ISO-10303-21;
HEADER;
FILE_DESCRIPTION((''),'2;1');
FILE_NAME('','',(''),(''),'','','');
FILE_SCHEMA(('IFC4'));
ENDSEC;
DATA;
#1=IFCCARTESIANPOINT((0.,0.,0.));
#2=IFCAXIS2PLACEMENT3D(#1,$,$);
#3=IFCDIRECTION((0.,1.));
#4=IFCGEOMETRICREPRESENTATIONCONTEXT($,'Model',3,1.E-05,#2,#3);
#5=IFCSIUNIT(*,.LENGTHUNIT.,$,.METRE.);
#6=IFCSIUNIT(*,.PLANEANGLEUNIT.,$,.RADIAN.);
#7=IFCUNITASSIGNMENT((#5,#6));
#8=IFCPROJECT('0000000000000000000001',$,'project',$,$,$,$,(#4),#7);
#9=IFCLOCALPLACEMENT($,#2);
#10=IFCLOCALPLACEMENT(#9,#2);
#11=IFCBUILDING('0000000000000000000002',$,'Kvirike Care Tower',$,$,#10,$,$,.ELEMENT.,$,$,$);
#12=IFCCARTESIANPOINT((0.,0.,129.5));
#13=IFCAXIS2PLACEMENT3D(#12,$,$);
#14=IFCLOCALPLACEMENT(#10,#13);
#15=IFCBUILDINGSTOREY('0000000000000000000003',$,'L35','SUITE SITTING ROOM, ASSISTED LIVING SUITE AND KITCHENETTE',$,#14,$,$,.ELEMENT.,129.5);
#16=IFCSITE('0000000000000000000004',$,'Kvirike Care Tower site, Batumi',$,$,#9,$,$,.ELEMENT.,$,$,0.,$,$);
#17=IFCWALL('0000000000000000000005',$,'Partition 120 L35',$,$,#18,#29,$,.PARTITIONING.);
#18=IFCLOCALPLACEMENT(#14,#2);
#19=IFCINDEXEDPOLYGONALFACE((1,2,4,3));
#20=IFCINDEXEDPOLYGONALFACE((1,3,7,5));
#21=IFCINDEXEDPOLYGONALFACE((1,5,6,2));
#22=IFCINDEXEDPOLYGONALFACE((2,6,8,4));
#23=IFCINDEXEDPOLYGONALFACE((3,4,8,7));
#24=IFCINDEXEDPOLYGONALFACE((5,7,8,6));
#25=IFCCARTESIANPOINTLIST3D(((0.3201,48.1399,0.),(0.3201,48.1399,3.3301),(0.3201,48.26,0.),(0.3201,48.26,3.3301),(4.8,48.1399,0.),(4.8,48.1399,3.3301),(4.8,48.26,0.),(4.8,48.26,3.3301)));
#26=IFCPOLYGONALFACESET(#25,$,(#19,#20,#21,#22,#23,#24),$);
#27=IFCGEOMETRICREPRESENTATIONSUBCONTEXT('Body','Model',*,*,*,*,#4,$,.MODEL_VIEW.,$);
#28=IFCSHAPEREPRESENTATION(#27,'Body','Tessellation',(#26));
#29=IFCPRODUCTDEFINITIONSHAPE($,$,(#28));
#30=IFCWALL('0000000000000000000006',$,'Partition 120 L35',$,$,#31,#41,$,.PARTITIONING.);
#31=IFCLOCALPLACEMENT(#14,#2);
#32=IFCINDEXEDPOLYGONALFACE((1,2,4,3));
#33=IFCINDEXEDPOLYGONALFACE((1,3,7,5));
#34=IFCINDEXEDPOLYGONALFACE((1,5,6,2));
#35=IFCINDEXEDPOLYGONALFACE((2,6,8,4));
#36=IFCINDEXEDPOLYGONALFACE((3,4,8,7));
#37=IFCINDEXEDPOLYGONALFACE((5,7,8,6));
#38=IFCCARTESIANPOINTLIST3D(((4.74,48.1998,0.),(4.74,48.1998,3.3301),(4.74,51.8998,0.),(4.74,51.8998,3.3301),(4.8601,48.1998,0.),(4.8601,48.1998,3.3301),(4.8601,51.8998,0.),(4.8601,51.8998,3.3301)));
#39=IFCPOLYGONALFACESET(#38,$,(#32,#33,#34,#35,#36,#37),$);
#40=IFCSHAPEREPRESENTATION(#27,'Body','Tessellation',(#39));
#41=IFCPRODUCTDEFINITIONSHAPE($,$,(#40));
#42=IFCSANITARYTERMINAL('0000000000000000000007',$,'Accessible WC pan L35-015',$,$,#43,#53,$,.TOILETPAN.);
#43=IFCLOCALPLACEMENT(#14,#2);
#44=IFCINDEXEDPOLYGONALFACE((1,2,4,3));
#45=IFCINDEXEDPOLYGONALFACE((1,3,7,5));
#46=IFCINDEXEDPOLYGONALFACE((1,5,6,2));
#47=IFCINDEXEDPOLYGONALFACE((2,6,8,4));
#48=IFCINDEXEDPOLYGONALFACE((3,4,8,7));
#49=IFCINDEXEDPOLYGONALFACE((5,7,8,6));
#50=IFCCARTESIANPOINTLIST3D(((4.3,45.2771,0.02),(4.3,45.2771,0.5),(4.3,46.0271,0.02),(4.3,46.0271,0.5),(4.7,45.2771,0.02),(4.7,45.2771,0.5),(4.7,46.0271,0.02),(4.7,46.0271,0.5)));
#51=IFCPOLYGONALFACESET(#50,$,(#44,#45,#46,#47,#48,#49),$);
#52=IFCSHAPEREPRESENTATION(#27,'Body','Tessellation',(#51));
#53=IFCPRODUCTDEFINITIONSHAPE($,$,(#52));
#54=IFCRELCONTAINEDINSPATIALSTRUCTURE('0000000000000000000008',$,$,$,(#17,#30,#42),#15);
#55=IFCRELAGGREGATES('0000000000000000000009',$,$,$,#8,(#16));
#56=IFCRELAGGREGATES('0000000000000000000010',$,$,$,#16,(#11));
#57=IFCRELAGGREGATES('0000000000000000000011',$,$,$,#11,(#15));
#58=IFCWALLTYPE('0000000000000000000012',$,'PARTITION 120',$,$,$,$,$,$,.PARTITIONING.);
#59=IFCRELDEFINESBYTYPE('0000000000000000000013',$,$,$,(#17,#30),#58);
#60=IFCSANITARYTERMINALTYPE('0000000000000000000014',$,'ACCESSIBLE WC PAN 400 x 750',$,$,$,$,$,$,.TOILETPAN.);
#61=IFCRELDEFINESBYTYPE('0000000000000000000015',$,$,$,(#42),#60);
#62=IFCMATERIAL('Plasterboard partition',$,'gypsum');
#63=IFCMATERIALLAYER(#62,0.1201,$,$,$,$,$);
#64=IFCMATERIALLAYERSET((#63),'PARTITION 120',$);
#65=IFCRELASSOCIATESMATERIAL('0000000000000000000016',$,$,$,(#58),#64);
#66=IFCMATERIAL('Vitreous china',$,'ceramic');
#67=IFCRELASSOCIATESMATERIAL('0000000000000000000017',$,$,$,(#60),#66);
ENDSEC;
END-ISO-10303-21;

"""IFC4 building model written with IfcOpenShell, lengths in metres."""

from ifc_helpers import new_model, si_unit, direction, frame, frame_2d, origin, origin_2d, place, context, subcontext, project, spatial, rectangle, extrude, material, layer, layer_set, type_object, element, save


model = new_model("IFC4")

# Units and contexts
model_context = context("Model", 3, precision=1e-05, world=origin(), true_north=direction((0.0, 1.0)))
body_context = subcontext(model_context, "Body", "Model", "MODEL_VIEW")
ifc_project = project(units=[si_unit("LENGTHUNIT", "METRE"), si_unit("PLANEANGLEUNIT", "RADIAN")], contexts=[model_context])

# Site, building, storey
site_placement = place(None, origin())
site = spatial("IfcSite", under=ifc_project, at=site_placement, Name="Kvirike Care Tower site, Batumi", CompositionType="ELEMENT", RefElevation=0.0)
building_placement = place(site_placement, origin())
building = spatial("IfcBuilding", under=site, at=building_placement, Name="Kvirike Care Tower", CompositionType="ELEMENT")
storey_placement = place(building_placement, frame((0.0, 0.0, 129.5)))
storey = spatial("IfcBuildingStorey", under=building, at=storey_placement, Name="L35", Description="SUITE SITTING ROOM, ASSISTED LIVING SUITE AND KITCHENETTE", CompositionType="ELEMENT", Elevation=129.5)

# Walls
ifc_material_1 = material(Name="Plasterboard partition", Category="gypsum")
ifc_layer_1 = layer(ifc_material_1, 0.1201)
ifc_layer_set_1 = layer_set([ifc_layer_1], Name="PARTITION 120")
wall_type_1 = type_object("IfcWallType", Name="PARTITION 120", PredefinedType="PARTITIONING", material=ifc_layer_set_1)
wall_1_placement = place(storey_placement, frame((4.8, 48.2, 0.0), z_axis=(0.0, 0.0, 1.0), x_axis=(-1.0, 0.0, 0.0)))
element("IfcWall", 1, at=wall_1_placement, inside=storey, type_object=wall_type_1, Name="Partition 120 L35", PredefinedType="PARTITIONING", context=body_context, shape_type="SweptSolid", body=[
    extrude(rectangle(XDim=4.48, YDim=0.1201, at=frame_2d((2.24, 0.0))), origin(), (0.0, 0.0, 1.0), 3.3301),
])
wall_2_placement = place(storey_placement, frame((4.8, 51.8999, 0.0), z_axis=(0.0, 0.0, 1.0), x_axis=(0.0, -1.0, 0.0)))
element("IfcWall", 2, at=wall_2_placement, inside=storey, type_object=wall_type_1, Name="Partition 120 L35", PredefinedType="PARTITIONING", context=body_context, shape_type="SweptSolid", body=[
    extrude(rectangle(XDim=3.7, YDim=0.1201, at=frame_2d((1.8501, 0.0))), origin(), (0.0, 0.0, 1.0), 3.3301),
])

# Sanitary terminal
ifc_material_2 = material(Name="Vitreous china", Category="ceramic")
sanitary_terminal_type = type_object("IfcSanitaryTerminalType", Name="ACCESSIBLE WC PAN 400 x 750", PredefinedType="TOILETPAN", material=ifc_material_2)
sanitary_terminal_placement = place(storey_placement, frame((4.5, 45.6521, 0.02), z_axis=(0.0, 0.0, 1.0), x_axis=(-1.0, 0.0, 0.0)))
element("IfcSanitaryTerminal", 3, at=sanitary_terminal_placement, inside=storey, type_object=sanitary_terminal_type, Name="Accessible WC pan L35-015", PredefinedType="TOILETPAN", context=body_context, shape_type="SweptSolid", body=[
    extrude(rectangle(XDim=0.3999, YDim=0.75, at=origin_2d()), origin(), (0.0, 0.0, 1.0), 0.48),
])

save(model, "model.ifc")
